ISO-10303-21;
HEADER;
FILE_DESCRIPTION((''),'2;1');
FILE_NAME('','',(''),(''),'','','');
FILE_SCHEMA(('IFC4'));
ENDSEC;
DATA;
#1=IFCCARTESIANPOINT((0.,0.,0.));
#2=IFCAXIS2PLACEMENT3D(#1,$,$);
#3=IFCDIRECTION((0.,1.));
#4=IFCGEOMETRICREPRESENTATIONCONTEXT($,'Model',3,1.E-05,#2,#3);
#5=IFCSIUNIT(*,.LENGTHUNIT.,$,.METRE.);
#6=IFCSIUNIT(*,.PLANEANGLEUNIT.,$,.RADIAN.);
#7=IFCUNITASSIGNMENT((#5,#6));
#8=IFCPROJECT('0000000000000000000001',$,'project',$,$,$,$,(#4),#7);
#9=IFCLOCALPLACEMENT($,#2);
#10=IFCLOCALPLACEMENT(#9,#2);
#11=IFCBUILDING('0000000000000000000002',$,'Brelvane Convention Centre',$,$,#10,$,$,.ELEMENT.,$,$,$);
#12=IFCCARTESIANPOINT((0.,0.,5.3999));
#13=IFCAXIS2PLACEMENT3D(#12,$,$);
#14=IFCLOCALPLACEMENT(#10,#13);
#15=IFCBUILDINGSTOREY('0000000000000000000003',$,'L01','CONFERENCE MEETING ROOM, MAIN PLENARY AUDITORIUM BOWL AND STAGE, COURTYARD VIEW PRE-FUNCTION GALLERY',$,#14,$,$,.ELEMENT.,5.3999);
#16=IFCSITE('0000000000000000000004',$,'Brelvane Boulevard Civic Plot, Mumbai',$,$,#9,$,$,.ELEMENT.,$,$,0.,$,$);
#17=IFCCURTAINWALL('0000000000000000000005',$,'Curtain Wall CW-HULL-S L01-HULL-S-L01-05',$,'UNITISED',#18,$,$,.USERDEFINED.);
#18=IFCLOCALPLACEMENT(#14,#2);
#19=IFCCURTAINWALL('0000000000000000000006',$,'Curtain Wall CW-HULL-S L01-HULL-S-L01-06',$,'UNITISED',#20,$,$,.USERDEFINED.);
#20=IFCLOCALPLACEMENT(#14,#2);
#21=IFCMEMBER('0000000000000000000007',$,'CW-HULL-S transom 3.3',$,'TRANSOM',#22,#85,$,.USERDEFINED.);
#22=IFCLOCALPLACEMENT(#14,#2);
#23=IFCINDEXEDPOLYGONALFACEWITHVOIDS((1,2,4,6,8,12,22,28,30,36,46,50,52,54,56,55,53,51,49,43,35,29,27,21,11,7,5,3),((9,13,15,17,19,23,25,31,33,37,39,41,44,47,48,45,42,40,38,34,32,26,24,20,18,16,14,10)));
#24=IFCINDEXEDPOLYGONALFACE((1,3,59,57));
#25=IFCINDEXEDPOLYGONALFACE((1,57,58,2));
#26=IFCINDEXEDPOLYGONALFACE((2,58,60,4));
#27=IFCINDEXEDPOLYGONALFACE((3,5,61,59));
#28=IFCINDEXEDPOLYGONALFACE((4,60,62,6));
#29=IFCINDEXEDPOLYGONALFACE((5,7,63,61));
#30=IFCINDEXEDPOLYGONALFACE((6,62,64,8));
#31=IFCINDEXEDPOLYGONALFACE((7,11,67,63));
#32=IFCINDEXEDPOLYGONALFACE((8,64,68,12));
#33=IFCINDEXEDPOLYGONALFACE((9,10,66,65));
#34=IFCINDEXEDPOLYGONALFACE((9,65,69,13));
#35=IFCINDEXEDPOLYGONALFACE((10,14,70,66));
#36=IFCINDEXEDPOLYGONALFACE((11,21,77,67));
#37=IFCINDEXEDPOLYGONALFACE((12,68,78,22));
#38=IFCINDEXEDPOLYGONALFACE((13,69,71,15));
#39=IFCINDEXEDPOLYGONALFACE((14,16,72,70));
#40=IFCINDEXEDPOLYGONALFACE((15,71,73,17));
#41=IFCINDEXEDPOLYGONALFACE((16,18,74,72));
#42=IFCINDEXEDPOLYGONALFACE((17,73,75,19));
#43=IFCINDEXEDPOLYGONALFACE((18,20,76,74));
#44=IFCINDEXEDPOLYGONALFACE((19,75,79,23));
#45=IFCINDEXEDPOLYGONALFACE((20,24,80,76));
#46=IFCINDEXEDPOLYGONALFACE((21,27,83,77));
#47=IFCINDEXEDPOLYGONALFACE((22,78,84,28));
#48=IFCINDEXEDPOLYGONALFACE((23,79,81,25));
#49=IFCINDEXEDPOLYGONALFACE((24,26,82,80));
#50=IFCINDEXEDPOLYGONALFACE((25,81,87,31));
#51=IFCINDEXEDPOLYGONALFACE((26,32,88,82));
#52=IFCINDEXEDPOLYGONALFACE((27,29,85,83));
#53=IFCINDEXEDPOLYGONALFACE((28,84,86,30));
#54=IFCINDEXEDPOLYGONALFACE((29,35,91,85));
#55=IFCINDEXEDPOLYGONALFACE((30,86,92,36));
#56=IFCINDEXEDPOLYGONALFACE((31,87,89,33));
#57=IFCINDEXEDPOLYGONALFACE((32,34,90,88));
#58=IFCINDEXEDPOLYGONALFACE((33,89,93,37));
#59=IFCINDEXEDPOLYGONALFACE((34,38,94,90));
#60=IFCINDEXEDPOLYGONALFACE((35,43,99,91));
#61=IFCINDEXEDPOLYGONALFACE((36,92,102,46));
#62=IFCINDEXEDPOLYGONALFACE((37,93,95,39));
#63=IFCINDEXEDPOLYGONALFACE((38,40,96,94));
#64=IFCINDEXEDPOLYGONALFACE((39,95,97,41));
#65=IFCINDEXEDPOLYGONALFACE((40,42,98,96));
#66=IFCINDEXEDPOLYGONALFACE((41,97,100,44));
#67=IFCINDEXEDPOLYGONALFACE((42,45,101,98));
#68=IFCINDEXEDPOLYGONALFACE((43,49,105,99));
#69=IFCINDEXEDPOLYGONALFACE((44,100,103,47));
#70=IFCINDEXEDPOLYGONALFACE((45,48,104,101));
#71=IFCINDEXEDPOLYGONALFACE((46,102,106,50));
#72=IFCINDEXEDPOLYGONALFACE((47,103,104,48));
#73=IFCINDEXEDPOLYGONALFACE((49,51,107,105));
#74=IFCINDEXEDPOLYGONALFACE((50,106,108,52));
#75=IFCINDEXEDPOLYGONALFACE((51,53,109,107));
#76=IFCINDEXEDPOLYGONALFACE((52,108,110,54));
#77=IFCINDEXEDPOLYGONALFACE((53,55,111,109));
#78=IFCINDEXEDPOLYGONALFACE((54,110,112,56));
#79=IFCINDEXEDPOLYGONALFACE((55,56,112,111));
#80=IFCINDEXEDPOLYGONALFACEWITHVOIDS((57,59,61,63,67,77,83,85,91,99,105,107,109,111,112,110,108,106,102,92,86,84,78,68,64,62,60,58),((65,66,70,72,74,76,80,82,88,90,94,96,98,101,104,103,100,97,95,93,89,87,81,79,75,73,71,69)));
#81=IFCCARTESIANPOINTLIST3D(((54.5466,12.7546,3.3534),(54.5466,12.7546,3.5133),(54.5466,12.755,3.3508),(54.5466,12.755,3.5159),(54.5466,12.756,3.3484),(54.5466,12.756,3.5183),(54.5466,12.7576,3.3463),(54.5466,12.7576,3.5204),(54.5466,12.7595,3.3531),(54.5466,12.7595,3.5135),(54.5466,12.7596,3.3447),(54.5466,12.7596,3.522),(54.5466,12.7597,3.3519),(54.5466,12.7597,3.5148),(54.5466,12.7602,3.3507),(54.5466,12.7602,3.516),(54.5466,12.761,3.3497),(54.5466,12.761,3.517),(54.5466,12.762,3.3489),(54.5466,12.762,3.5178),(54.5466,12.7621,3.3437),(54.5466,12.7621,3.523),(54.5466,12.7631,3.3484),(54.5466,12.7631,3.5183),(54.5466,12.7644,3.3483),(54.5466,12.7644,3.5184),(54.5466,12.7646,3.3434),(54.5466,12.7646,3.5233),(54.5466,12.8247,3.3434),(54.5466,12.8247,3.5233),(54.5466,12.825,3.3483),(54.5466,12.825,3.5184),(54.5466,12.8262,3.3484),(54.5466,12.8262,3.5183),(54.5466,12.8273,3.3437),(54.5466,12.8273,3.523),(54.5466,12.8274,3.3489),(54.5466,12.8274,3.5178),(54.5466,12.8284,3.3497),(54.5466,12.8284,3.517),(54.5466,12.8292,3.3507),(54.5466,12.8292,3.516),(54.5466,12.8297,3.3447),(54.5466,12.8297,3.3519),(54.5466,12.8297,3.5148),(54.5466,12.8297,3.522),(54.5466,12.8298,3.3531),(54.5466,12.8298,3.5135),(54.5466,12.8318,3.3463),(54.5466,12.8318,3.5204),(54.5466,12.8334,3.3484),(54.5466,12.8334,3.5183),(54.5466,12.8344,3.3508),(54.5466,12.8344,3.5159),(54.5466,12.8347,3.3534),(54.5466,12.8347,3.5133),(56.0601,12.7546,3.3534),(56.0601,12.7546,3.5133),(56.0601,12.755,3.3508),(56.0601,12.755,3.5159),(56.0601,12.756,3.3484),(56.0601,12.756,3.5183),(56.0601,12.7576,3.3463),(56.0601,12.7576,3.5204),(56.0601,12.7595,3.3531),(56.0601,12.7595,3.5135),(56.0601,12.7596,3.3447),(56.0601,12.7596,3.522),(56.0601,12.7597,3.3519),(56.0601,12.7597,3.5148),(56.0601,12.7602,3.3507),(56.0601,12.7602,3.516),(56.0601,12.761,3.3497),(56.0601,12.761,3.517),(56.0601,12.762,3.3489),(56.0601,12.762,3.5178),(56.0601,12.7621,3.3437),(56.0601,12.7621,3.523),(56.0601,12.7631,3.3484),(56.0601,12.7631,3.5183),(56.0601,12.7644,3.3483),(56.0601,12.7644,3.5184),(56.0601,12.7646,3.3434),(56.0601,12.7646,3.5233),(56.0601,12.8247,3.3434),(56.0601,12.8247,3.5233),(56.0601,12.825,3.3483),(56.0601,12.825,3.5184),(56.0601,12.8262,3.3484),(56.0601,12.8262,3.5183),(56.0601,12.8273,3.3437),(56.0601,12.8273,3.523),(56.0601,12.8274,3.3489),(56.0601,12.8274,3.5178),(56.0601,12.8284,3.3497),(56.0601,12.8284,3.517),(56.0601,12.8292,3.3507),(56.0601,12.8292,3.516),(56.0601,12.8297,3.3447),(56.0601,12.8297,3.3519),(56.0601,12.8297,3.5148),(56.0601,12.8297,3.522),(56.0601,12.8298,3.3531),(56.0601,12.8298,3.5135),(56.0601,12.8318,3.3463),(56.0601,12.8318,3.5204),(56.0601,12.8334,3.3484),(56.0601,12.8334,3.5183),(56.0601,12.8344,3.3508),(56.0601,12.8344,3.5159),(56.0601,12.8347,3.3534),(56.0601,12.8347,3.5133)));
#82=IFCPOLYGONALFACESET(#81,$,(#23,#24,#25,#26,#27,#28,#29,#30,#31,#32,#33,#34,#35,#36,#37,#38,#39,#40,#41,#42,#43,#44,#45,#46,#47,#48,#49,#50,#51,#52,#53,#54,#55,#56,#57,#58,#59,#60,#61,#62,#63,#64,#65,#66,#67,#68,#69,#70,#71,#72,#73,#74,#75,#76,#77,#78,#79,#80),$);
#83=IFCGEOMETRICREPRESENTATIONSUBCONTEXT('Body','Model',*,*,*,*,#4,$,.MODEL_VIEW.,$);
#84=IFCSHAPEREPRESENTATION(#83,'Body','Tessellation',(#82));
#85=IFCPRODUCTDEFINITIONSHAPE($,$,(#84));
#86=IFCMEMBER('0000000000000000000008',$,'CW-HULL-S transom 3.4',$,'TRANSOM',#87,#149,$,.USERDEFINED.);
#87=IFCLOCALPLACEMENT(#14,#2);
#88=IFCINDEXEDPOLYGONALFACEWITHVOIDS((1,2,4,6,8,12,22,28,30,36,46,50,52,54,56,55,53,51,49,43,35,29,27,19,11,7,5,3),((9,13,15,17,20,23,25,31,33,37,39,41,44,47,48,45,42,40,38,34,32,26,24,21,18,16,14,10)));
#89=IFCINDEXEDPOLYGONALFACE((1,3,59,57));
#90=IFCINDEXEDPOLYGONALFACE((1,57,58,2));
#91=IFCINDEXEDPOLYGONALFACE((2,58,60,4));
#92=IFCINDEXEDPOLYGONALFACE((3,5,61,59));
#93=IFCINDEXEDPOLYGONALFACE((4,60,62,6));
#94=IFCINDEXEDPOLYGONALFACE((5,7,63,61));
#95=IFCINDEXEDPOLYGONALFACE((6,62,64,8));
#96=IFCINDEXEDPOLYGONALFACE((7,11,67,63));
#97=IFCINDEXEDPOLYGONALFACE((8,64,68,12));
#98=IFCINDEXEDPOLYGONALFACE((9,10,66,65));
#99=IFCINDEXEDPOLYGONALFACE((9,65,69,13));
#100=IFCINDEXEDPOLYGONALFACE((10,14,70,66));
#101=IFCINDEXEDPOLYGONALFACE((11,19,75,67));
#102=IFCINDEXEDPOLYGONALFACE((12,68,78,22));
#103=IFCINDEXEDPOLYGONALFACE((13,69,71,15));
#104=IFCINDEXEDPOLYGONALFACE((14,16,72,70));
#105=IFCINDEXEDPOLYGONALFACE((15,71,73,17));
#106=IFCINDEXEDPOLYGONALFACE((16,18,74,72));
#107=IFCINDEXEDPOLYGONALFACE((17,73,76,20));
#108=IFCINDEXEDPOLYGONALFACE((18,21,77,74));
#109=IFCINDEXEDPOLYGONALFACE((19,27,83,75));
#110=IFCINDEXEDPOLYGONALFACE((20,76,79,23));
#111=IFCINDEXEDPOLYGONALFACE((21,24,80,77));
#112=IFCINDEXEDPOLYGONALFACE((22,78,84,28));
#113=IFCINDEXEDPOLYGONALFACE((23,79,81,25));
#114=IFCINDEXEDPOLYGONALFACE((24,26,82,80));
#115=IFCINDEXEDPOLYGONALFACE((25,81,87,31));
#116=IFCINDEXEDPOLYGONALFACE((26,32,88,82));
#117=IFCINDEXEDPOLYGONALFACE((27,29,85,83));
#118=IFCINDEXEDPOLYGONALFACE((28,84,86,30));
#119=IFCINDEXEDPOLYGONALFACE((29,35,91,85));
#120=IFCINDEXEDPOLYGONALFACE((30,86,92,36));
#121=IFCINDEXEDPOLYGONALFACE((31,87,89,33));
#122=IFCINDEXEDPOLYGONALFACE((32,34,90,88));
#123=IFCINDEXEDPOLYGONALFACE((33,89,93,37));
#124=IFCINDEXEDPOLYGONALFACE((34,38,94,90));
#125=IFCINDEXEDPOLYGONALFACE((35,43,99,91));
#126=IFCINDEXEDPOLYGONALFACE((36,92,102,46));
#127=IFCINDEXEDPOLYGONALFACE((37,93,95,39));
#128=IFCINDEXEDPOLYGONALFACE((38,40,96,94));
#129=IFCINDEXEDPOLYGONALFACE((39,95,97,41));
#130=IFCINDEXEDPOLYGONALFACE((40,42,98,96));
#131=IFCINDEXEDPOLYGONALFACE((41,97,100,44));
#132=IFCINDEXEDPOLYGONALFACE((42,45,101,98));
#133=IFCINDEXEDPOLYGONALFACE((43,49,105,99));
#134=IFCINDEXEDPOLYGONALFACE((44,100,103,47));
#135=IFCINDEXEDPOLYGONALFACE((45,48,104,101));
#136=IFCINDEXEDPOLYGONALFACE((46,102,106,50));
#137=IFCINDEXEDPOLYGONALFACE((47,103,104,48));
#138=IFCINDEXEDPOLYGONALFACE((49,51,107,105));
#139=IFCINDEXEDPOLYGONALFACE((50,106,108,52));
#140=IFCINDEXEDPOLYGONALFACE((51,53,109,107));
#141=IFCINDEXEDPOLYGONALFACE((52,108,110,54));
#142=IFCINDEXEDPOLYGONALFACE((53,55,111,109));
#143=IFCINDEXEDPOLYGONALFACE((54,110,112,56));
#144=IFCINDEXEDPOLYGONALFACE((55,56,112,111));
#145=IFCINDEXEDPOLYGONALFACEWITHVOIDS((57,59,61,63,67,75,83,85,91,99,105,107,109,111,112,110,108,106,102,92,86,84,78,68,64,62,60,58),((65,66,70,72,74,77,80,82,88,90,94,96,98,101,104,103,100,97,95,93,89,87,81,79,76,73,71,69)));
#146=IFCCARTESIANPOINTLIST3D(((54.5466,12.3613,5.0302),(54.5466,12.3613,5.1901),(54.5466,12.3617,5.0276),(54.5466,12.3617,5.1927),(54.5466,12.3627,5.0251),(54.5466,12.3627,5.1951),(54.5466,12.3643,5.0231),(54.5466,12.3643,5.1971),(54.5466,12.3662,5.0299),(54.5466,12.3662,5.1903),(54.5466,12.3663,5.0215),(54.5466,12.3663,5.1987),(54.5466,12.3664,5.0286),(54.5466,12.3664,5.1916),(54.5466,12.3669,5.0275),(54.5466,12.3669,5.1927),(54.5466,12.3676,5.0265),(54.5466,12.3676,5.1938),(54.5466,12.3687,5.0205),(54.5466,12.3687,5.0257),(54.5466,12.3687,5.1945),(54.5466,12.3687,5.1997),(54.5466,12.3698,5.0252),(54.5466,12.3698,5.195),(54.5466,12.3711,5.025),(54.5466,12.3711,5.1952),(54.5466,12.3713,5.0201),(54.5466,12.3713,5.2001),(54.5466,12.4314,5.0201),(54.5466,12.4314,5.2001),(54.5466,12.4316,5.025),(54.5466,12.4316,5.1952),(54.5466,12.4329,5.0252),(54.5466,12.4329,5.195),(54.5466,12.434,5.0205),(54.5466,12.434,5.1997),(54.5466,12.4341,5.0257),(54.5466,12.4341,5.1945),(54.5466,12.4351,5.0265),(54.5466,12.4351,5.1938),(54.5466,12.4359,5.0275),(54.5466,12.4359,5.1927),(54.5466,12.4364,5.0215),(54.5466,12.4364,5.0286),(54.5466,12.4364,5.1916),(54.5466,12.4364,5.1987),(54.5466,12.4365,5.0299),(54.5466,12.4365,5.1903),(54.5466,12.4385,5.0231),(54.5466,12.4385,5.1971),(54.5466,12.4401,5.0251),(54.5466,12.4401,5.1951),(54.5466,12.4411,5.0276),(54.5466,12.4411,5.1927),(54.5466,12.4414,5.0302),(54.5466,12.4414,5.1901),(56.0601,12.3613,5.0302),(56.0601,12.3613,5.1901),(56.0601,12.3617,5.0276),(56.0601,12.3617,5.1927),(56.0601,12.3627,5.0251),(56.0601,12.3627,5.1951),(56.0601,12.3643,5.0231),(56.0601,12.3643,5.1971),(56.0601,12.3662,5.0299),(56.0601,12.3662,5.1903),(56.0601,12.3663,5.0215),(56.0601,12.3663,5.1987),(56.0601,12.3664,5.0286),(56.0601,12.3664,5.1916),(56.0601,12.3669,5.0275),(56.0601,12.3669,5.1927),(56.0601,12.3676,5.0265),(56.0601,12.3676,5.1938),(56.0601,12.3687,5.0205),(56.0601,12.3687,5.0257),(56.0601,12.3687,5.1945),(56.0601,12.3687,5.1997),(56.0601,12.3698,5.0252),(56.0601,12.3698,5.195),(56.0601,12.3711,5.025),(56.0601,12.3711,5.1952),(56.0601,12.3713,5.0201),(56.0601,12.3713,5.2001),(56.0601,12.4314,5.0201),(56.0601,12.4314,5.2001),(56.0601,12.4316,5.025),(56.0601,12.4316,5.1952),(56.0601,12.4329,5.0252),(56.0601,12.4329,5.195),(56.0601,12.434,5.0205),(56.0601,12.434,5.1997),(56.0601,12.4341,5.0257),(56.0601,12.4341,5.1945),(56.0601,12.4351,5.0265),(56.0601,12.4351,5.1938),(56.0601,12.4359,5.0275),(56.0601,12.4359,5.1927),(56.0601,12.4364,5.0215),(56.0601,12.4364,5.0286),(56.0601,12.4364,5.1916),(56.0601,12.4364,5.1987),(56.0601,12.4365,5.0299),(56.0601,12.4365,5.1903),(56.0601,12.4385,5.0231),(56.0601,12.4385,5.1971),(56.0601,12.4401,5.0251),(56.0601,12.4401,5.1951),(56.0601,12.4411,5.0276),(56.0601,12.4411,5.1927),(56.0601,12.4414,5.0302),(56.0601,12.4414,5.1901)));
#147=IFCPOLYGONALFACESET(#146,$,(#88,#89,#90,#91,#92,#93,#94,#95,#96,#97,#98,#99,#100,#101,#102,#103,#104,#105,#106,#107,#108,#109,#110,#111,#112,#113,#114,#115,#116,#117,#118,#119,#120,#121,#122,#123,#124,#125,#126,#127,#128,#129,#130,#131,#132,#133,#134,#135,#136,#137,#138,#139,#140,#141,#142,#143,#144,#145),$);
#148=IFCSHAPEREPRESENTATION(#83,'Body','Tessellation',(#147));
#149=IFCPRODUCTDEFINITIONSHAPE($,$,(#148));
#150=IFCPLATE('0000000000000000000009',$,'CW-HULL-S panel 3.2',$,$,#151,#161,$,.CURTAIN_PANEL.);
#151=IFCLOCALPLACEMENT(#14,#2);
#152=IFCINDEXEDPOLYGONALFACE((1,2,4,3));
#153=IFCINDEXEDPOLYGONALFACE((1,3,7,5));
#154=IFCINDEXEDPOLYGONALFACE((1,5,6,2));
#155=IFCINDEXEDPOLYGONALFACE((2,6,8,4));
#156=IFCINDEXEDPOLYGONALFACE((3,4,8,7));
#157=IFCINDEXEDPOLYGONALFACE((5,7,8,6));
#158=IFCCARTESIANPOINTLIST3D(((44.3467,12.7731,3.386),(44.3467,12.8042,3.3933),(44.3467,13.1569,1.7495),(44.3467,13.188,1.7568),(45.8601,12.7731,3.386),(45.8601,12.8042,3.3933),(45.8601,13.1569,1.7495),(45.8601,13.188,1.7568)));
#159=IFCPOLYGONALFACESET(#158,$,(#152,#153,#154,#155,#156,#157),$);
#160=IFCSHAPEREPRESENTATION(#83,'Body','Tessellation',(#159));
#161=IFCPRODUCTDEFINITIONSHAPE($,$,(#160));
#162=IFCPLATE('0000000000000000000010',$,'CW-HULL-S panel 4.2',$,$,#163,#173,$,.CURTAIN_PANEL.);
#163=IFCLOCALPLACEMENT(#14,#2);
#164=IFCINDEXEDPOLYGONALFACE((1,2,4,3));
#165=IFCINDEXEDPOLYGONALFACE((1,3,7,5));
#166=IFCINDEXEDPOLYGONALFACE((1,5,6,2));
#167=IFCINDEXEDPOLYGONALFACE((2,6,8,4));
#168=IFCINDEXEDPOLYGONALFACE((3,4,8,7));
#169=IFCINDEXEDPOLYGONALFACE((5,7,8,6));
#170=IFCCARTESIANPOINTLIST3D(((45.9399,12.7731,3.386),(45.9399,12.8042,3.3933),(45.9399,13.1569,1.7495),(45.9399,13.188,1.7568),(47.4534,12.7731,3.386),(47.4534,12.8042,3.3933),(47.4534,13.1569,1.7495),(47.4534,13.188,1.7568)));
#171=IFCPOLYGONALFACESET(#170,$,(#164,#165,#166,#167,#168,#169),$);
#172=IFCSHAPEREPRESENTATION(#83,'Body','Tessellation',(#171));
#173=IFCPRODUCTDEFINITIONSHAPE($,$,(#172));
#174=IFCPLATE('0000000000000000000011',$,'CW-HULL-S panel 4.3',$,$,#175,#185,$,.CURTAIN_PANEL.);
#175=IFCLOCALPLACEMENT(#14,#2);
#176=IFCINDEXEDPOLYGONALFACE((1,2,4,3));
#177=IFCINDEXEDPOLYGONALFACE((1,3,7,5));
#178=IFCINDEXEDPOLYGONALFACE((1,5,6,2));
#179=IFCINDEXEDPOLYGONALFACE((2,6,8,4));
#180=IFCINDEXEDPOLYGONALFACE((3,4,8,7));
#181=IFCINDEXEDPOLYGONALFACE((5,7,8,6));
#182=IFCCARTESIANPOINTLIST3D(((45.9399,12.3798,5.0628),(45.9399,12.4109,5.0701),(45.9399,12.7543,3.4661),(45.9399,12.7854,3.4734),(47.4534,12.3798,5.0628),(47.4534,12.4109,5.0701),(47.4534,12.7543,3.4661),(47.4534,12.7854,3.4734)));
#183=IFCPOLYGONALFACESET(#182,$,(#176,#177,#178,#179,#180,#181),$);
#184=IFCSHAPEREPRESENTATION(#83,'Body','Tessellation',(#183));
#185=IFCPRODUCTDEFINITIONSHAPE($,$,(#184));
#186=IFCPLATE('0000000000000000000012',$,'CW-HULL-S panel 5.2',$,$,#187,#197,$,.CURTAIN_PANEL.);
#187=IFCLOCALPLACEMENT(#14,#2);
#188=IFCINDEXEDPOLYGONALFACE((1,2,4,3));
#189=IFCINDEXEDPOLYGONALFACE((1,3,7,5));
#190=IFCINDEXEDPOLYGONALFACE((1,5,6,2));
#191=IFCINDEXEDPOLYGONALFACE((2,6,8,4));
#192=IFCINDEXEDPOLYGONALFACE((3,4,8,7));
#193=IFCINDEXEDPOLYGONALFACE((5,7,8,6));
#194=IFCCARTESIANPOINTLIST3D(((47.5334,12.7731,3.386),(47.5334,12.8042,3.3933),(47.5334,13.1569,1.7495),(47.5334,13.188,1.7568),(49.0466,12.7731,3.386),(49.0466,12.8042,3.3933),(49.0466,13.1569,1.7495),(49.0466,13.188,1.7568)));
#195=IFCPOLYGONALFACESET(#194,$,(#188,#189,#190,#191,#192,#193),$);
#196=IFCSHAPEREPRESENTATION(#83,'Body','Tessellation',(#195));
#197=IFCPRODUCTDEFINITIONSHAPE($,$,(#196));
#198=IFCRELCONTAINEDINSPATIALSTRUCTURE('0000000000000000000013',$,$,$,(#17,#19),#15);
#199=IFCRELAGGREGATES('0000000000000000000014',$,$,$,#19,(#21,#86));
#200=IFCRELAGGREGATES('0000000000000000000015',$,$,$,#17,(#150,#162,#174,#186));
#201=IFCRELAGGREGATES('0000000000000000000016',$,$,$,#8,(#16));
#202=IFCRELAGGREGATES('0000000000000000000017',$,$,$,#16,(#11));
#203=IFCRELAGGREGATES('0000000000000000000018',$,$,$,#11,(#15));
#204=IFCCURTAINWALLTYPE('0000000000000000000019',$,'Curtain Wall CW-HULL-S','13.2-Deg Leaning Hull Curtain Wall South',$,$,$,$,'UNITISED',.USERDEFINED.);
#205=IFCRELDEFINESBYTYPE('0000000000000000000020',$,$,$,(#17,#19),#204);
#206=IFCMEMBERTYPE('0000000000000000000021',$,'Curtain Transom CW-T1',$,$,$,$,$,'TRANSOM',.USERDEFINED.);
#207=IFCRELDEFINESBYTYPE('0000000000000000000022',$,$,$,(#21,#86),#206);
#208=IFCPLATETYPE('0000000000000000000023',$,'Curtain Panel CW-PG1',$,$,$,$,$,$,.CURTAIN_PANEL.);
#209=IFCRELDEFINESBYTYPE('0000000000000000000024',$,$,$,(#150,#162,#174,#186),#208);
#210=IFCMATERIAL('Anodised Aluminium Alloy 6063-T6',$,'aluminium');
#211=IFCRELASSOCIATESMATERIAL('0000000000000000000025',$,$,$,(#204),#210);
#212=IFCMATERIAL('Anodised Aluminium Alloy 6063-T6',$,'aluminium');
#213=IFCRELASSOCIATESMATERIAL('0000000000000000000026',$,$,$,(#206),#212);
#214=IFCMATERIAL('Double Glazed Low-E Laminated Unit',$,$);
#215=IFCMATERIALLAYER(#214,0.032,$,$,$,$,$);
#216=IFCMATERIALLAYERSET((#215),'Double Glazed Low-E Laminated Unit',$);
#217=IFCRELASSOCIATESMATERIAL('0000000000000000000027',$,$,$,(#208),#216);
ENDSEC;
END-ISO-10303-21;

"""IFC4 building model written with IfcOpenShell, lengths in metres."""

from ifc_helpers import new_model, si_unit, direction, frame, origin, origin_2d, place, context, subcontext, project, spatial, polyline, hollow_rectangle, outline, extrude, material, layer, layer_set, material_profile, profile_set, type_object, element, aggregate, save


model = new_model("IFC4")

# Units and contexts
model_context = context("Model", 3, precision=1e-05, world=origin(), true_north=direction((0.0, 1.0)))
body_context = subcontext(model_context, "Body", "Model", "MODEL_VIEW")
ifc_project = project(units=[si_unit("LENGTHUNIT", "METRE"), si_unit("PLANEANGLEUNIT", "RADIAN")], contexts=[model_context])

# Site, building, storey
site_placement = place(None, origin())
site = spatial("IfcSite", under=ifc_project, at=site_placement, Name="Brelvane Boulevard Civic Plot, Mumbai", CompositionType="ELEMENT", RefElevation=0.0)
building_placement = place(site_placement, origin())
building = spatial("IfcBuilding", under=site, at=building_placement, Name="Brelvane Convention Centre", CompositionType="ELEMENT")
storey_placement = place(building_placement, frame((0.0, 0.0, 5.3999)))
storey = spatial("IfcBuildingStorey", under=building, at=storey_placement, Name="L01", Description="CONFERENCE MEETING ROOM, MAIN PLENARY AUDITORIUM BOWL AND STAGE, COURTYARD VIEW PRE-FUNCTION GALLERY", CompositionType="ELEMENT", Elevation=5.3999)

# Curtain walls, members
ifc_material_1 = material(Name="Anodised Aluminium Alloy 6063-T6", Category="aluminium")
curtain_wall_type = type_object("IfcCurtainWallType", Name="Curtain Wall CW-HULL-S", Description="13.2-Deg Leaning Hull Curtain Wall South", ElementType="UNITISED", PredefinedType="USERDEFINED", material=ifc_material_1)
curtain_wall_1_placement = place(storey_placement, origin())
curtain_wall_1 = element("IfcCurtainWall", 1, at=curtain_wall_1_placement, inside=storey, type_object=curtain_wall_type, Name="Curtain Wall CW-HULL-S L01-HULL-S-L01-05", ObjectType="UNITISED", PredefinedType="USERDEFINED")
ifc_material_2 = material(Name="Anodised Aluminium Alloy 6063-T6", Category="aluminium")
ifc_material_profile = material_profile(ifc_material_2, hollow_rectangle(XDim=0.0801, YDim=0.1799, WallThickness=0.0049, InnerFilletRadius=0.0049, OuterFilletRadius=0.01, at=origin_2d()), Name="ALU-T 180x80x5.0")
ifc_profile_set = profile_set([ifc_material_profile], Name="Anodised Aluminium Alloy 6063-T6")
member_type = type_object("IfcMemberType", Name="Curtain Transom CW-T1", ElementType="TRANSOM", PredefinedType="USERDEFINED", material=ifc_profile_set)
curtain_wall_2_placement = place(storey_placement, origin())
curtain_wall_2 = element("IfcCurtainWall", 2, at=curtain_wall_2_placement, inside=storey, type_object=curtain_wall_type, Name="Curtain Wall CW-HULL-S L01-HULL-S-L01-06", ObjectType="UNITISED", PredefinedType="USERDEFINED")
member_1_placement = place(storey_placement, frame((54.5466, 12.7947, 3.4333), z_axis=(1.0, 0.0, 0.0), x_axis=(0.0, 1.0, 0.0)))
member_1 = element("IfcMember", 3, at=member_1_placement, type_object=member_type, Name="CW-HULL-S transom 3.3", ObjectType="TRANSOM", PredefinedType="USERDEFINED", context=body_context, shape_type="SweptSolid", body=[
    extrude(hollow_rectangle(XDim=0.0801, YDim=0.1799, WallThickness=0.0049, InnerFilletRadius=0.0049, OuterFilletRadius=0.01, at=origin_2d()), origin(), (0.0, 0.0, 1.0), 1.5134),
])
member_2_placement = place(storey_placement, frame((54.5466, 12.4014, 5.1101), z_axis=(1.0, 0.0, 0.0), x_axis=(0.0, 1.0, 0.0)))
member_2 = element("IfcMember", 4, at=member_2_placement, type_object=member_type, Name="CW-HULL-S transom 3.4", ObjectType="TRANSOM", PredefinedType="USERDEFINED", context=body_context, shape_type="SweptSolid", body=[
    extrude(hollow_rectangle(XDim=0.0801, YDim=0.1799, WallThickness=0.0049, InnerFilletRadius=0.0049, OuterFilletRadius=0.01, at=origin_2d()), origin(), (0.0, 0.0, 1.0), 1.5134),
])

# Plates
ifc_material_3 = material(Name="Double Glazed Low-E Laminated Unit")
ifc_layer_1 = layer(ifc_material_3, 0.032)
ifc_layer_set_1 = layer_set([ifc_layer_1], Name="Double Glazed Low-E Laminated Unit")
plate_type_1 = type_object("IfcPlateType", Name="Curtain Panel CW-PG1", PredefinedType="CURTAIN_PANEL", material=ifc_layer_set_1)
plate_1_placement = place(storey_placement, frame((44.3467, 13.188, 1.7568), z_axis=(0.0, 0.973585, 0.228327), x_axis=(1.0, 0.0, 0.0)))
plate_1 = element("IfcPlate", 5, at=plate_1_placement, type_object=plate_type_1, Name="CW-HULL-S panel 3.2", PredefinedType="CURTAIN_PANEL", context=body_context, shape_type="SweptSolid", body=[
    extrude(outline(polyline([(0.0, 0.0), (1.5134, 0.0), (1.5134, -1.6809), (0.0, -1.6809), (0.0, 0.0)])), origin(), (0.0, 0.0, -1.0), 0.032),
])
plate_2_placement = place(storey_placement, frame((45.9399, 13.188, 1.7568), z_axis=(0.0, 0.973585, 0.228327), x_axis=(1.0, 0.0, 0.0)))
plate_2 = element("IfcPlate", 6, at=plate_2_placement, type_object=plate_type_1, Name="CW-HULL-S panel 4.2", PredefinedType="CURTAIN_PANEL", context=body_context, shape_type="SweptSolid", body=[
    extrude(outline(polyline([(0.0, 0.0), (1.5134, 0.0), (1.5134, -1.6809), (0.0, -1.6809), (0.0, 0.0)])), origin(), (0.0, 0.0, -1.0), 0.032),
])
plate_3_placement = place(storey_placement, frame((45.9399, 12.7854, 3.4734), z_axis=(0.0, 0.973577, 0.228359), x_axis=(1.0, 0.0, 0.0)))
plate_3 = element("IfcPlate", 7, at=plate_3_placement, type_object=plate_type_1, Name="CW-HULL-S panel 4.3", PredefinedType="CURTAIN_PANEL", context=body_context, shape_type="SweptSolid", body=[
    extrude(outline(polyline([(0.0, 0.0), (1.5134, 0.0), (1.5134, -1.64), (0.0, -1.64), (0.0, 0.0)])), origin(), (0.0, 0.0, -1.0), 0.032),
])
plate_4_placement = place(storey_placement, frame((47.5334, 13.188, 1.7568), z_axis=(0.0, 0.973585, 0.228327), x_axis=(1.0, 0.0, 0.0)))
plate_4 = element("IfcPlate", 8, at=plate_4_placement, type_object=plate_type_1, Name="CW-HULL-S panel 5.2", PredefinedType="CURTAIN_PANEL", context=body_context, shape_type="SweptSolid", body=[
    extrude(outline(polyline([(0.0, 0.0), (1.5132, 0.0), (1.5132, -1.6809), (0.0, -1.6809), (0.0, 0.0)])), origin(), (0.0, 0.0, -1.0), 0.032),
])
aggregate(curtain_wall_2, [member_1, member_2])
aggregate(curtain_wall_1, [plate_1, plate_2, plate_3, plate_4])

save(model, "model.ifc")
